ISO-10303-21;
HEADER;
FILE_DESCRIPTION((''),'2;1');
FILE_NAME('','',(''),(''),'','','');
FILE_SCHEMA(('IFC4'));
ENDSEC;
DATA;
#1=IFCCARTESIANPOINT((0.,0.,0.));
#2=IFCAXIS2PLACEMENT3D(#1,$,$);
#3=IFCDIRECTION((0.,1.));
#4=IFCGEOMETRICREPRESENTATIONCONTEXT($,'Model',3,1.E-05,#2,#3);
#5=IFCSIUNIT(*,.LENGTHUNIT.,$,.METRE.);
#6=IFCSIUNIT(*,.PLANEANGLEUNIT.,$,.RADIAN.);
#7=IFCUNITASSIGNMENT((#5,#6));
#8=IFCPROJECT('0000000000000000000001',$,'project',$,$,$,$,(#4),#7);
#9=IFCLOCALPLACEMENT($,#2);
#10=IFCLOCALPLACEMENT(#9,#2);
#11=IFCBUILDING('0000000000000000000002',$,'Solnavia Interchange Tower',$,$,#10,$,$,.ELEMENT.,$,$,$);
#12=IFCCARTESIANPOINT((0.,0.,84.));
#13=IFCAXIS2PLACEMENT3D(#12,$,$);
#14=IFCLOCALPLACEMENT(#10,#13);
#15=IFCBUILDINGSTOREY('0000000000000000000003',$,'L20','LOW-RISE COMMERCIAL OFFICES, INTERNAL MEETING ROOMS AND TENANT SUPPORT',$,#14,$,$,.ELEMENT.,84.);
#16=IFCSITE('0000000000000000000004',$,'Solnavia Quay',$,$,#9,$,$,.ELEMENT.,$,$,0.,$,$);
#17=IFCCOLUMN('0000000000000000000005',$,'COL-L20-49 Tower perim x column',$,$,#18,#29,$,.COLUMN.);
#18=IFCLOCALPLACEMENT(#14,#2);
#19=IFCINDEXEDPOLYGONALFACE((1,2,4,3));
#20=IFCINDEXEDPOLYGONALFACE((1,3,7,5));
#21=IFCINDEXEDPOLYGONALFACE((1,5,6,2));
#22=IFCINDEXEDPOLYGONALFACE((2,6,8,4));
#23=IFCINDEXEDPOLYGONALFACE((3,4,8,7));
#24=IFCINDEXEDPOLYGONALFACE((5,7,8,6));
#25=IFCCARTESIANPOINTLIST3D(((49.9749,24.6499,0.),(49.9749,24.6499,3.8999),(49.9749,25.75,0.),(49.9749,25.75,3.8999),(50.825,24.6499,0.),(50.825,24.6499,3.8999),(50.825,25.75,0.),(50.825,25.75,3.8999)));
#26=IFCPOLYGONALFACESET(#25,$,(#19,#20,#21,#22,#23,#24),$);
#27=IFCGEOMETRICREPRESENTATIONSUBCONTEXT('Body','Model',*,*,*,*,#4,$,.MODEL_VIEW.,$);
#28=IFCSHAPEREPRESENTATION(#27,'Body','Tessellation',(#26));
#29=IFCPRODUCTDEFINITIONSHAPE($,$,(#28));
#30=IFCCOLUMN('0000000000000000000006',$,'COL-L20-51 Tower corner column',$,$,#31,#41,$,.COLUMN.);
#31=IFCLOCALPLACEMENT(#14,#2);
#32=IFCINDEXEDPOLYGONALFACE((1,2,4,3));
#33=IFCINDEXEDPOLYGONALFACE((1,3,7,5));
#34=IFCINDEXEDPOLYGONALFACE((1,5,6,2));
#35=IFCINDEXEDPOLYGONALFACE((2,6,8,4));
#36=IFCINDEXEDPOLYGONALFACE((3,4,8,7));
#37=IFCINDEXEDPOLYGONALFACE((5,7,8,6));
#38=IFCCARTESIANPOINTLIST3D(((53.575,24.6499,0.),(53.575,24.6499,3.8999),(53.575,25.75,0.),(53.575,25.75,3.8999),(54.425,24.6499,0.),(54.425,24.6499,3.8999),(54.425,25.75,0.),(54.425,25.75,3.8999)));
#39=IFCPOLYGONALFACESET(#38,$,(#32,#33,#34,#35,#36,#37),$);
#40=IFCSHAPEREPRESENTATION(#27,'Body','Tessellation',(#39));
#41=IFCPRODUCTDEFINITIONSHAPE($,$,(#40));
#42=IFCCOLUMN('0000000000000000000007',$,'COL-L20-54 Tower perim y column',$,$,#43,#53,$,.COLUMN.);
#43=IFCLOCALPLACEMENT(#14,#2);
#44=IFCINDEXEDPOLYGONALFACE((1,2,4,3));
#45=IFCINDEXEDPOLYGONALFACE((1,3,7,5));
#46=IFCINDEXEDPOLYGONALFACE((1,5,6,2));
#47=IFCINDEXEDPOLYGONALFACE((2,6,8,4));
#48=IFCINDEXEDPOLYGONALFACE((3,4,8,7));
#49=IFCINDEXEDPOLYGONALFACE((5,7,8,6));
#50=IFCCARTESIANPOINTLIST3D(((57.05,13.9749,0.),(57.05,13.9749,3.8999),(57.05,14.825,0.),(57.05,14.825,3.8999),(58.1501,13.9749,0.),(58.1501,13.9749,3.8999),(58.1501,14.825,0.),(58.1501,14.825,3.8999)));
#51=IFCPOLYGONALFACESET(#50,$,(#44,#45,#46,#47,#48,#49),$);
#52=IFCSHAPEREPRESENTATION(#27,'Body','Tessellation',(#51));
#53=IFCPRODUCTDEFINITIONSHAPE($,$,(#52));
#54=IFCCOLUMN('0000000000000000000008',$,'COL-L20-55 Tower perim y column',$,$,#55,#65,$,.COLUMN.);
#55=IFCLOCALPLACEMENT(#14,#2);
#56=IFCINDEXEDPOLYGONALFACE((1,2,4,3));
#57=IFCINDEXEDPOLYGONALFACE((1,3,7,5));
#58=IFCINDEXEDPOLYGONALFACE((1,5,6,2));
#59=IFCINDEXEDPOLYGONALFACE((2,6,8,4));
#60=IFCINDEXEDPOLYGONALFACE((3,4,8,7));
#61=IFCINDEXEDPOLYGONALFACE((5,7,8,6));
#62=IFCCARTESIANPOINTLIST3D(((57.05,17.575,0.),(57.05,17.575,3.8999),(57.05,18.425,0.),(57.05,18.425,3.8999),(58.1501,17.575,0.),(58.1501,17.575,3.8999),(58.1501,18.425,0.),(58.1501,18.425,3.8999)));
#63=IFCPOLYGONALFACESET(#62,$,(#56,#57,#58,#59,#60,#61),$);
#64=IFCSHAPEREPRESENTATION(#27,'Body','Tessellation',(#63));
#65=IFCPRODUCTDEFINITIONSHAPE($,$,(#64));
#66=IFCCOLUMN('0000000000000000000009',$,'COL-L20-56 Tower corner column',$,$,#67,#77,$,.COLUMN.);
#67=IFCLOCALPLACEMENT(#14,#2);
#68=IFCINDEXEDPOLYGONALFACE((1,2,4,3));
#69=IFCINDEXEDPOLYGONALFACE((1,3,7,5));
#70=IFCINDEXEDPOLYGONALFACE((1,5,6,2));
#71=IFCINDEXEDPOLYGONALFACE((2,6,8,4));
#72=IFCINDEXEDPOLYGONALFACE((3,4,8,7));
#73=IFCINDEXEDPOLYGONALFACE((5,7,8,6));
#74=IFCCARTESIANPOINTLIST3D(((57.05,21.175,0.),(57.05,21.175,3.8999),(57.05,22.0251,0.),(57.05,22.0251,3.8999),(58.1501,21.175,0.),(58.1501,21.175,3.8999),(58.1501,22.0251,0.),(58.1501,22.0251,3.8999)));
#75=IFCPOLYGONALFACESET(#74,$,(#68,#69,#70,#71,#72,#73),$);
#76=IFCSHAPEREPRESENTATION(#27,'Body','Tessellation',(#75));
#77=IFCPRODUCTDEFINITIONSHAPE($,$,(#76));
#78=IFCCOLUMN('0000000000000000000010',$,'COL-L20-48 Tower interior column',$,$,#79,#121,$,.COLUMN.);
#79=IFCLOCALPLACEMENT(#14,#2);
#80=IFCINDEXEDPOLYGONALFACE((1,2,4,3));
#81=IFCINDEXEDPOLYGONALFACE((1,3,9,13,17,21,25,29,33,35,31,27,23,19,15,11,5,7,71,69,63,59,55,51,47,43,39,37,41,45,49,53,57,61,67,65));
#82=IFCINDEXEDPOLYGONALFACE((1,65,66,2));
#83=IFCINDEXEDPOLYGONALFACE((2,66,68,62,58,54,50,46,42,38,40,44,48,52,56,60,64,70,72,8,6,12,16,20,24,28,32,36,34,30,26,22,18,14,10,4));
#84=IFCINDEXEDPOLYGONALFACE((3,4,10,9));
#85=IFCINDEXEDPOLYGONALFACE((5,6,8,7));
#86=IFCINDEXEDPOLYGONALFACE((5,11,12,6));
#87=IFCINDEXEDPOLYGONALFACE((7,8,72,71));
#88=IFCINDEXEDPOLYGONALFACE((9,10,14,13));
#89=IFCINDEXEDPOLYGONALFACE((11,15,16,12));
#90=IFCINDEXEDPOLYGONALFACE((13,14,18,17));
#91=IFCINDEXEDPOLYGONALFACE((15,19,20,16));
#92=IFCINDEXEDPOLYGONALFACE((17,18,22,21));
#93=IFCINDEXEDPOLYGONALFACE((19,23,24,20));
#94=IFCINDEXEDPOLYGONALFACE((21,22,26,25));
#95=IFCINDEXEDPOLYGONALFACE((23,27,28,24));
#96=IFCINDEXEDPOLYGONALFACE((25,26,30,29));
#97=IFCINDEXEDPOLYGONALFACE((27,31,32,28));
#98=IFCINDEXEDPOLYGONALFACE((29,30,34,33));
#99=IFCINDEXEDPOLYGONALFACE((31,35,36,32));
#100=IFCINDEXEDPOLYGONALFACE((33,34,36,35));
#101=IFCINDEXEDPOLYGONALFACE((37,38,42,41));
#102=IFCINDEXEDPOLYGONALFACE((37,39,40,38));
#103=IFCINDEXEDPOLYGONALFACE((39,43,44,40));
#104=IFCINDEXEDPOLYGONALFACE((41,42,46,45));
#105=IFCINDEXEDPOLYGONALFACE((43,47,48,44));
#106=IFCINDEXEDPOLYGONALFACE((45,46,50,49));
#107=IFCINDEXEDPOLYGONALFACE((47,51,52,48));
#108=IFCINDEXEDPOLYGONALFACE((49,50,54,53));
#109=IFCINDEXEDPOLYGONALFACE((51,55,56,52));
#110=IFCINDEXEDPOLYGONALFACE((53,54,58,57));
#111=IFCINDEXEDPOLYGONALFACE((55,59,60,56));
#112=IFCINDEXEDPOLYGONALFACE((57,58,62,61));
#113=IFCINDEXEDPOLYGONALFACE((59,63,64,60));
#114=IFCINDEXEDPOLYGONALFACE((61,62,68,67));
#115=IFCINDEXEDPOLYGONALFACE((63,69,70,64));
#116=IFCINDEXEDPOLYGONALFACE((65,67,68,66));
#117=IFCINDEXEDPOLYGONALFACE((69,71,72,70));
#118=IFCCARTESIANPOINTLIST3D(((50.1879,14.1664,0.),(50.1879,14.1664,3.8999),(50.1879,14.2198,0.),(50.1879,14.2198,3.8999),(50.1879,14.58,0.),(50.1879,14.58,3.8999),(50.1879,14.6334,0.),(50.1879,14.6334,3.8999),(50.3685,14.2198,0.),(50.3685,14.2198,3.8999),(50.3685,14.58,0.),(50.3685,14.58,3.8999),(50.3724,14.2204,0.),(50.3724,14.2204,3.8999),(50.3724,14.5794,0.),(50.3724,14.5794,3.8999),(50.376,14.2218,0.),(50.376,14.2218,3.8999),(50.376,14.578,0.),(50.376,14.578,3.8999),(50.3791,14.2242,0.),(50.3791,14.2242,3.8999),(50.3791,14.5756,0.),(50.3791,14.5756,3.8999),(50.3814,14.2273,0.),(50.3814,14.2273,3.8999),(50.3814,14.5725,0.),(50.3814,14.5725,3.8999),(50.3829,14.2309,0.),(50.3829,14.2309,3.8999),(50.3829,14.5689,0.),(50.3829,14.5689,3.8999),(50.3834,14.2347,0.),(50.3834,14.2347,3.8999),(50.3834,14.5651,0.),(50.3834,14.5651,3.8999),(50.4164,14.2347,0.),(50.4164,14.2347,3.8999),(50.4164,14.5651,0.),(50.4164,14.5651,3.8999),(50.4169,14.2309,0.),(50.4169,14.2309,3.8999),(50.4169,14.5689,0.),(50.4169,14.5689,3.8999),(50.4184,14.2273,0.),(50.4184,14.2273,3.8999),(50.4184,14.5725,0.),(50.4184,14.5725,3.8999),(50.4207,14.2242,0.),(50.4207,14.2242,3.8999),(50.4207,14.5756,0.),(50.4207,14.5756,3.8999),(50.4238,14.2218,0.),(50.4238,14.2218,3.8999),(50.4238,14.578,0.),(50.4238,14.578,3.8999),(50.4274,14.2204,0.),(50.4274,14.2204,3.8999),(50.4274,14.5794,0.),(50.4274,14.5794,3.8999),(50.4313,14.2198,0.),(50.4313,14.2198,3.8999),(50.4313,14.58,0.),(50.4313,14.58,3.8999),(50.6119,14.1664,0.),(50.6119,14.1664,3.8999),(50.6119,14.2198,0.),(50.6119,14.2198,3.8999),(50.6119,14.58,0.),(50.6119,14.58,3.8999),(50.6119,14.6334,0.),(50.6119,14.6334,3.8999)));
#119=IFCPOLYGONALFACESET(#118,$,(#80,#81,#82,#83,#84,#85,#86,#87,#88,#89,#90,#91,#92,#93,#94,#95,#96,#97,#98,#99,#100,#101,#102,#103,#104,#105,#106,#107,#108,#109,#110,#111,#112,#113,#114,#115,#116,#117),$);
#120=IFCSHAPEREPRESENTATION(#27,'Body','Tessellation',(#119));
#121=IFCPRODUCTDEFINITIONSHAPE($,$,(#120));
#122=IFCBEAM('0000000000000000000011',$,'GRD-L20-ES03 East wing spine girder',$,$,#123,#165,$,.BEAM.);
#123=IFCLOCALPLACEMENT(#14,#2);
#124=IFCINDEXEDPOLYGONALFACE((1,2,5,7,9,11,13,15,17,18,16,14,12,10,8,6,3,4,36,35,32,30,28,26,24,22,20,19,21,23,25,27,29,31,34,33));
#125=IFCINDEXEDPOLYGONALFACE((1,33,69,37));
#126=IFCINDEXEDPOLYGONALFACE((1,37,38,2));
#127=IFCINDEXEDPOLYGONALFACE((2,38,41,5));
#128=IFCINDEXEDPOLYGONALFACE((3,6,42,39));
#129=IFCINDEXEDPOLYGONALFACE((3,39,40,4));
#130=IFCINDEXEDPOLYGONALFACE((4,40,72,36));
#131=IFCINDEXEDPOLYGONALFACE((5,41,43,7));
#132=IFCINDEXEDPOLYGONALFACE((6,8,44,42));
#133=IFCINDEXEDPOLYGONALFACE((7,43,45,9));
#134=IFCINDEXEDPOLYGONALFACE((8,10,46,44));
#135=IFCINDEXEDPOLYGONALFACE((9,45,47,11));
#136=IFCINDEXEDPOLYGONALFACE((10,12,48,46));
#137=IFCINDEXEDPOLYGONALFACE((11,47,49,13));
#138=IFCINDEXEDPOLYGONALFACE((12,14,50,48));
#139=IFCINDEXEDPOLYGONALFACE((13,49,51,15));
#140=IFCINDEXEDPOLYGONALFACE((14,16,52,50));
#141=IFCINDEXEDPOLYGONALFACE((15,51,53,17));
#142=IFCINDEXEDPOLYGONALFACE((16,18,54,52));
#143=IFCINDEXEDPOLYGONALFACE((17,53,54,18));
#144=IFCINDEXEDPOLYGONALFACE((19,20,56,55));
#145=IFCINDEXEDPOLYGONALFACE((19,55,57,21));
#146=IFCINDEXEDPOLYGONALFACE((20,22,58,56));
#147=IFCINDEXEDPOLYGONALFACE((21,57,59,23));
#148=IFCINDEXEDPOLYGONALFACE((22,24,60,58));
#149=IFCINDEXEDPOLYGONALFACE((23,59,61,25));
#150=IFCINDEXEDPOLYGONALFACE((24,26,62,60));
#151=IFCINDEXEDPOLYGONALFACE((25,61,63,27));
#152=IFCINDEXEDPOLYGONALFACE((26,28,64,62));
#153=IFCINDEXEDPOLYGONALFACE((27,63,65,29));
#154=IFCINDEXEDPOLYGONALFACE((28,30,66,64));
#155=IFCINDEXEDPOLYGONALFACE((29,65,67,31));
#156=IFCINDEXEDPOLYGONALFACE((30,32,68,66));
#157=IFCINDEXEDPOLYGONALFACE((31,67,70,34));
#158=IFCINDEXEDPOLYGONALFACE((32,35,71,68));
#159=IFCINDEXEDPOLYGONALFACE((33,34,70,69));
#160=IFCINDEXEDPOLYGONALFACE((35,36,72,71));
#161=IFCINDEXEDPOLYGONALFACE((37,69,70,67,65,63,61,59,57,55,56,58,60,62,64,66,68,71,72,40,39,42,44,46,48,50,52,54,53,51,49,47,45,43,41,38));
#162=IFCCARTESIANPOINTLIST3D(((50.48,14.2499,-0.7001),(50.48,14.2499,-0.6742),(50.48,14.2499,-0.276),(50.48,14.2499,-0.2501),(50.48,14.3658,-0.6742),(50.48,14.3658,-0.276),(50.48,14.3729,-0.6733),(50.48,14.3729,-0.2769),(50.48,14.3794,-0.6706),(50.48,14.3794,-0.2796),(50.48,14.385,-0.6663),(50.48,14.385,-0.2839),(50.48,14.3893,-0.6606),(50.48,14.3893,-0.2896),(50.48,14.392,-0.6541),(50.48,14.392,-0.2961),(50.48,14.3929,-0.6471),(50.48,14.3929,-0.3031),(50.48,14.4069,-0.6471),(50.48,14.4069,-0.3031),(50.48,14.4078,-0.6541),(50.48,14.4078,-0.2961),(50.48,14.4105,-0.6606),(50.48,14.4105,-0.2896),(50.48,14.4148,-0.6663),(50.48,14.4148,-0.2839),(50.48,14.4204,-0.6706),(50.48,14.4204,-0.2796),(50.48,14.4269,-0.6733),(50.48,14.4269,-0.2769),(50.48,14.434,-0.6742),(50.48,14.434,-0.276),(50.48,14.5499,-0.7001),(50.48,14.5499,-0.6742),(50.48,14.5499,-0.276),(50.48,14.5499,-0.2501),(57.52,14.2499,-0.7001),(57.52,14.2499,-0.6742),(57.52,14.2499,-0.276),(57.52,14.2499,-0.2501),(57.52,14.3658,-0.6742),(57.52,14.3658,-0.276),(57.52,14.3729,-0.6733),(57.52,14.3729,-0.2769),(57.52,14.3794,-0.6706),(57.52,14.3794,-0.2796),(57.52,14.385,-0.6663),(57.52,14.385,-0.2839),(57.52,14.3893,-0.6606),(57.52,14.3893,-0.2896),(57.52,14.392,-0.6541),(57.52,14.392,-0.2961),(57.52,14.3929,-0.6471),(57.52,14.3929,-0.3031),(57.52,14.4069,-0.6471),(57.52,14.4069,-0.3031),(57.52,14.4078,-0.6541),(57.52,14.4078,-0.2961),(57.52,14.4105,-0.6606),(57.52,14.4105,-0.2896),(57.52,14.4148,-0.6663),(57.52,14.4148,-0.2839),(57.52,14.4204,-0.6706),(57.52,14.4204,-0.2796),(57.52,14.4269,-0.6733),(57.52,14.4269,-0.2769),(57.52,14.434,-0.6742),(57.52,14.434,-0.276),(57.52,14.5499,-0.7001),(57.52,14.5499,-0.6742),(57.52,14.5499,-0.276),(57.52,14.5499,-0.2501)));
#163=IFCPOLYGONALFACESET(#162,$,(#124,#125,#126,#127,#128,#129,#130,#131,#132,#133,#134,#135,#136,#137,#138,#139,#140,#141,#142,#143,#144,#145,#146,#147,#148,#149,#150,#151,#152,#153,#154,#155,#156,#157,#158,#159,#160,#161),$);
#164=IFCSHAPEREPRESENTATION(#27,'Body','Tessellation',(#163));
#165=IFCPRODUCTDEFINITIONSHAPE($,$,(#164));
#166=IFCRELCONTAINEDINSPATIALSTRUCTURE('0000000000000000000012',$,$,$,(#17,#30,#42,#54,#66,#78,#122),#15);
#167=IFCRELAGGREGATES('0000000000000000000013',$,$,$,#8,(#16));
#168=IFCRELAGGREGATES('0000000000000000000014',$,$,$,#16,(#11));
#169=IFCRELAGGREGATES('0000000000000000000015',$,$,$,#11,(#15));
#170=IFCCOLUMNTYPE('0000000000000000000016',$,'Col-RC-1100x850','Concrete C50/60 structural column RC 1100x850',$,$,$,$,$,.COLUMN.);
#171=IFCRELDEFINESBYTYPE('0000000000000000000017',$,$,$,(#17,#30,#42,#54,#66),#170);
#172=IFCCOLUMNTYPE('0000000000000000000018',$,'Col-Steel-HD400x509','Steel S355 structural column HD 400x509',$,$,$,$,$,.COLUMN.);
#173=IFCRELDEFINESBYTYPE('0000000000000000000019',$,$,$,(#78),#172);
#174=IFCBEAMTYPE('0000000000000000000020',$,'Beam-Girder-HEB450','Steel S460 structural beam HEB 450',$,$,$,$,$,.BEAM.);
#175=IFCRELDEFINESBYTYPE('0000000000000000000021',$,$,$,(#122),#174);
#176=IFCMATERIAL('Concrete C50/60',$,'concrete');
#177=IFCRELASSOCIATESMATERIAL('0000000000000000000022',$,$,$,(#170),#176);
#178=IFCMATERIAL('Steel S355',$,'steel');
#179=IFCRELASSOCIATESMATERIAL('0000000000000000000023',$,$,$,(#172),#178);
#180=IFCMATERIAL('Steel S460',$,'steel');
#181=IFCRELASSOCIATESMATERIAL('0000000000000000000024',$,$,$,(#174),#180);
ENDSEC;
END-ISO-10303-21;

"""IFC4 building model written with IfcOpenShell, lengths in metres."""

from ifc_helpers import new_model, si_unit, direction, frame, origin, origin_2d, place, context, subcontext, project, spatial, rectangle, i_section, extrude, material, material_profile, profile_set, type_object, element, save


model = new_model("IFC4")

# Units and contexts
model_context = context("Model", 3, precision=1e-05, world=origin(), true_north=direction((0.0, 1.0)))
body_context = subcontext(model_context, "Body", "Model", "MODEL_VIEW")
ifc_project = project(units=[si_unit("LENGTHUNIT", "METRE"), si_unit("PLANEANGLEUNIT", "RADIAN")], contexts=[model_context])

# Site, building, storey
site_placement = place(None, origin())
site = spatial("IfcSite", under=ifc_project, at=site_placement, Name="Solnavia Quay", CompositionType="ELEMENT", RefElevation=0.0)
building_placement = place(site_placement, origin())
building = spatial("IfcBuilding", under=site, at=building_placement, Name="Solnavia Interchange Tower", CompositionType="ELEMENT")
storey_placement = place(building_placement, frame((0.0, 0.0, 84.0)))
storey = spatial("IfcBuildingStorey", under=building, at=storey_placement, Name="L20", Description="LOW-RISE COMMERCIAL OFFICES, INTERNAL MEETING ROOMS AND TENANT SUPPORT", CompositionType="ELEMENT", Elevation=84.0)

# Columns
ifc_material_1 = material(Name="Concrete C50/60", Category="concrete")
ifc_material_profile_1 = material_profile(ifc_material_1, rectangle(XDim=0.8501, YDim=1.1001, at=origin_2d()), Name="RC 1100x850")
ifc_profile_set_1 = profile_set([ifc_material_profile_1], Name="Concrete C50/60")
column_type_1 = type_object("IfcColumnType", Name="Col-RC-1100x850", Description="Concrete C50/60 structural column RC 1100x850", PredefinedType="COLUMN", material=ifc_profile_set_1)
for number, where, z_axis, x_axis, name in (
    (1, (50.3999, 25.2, 0.0), (0.0, 0.0, 1.0), (1.0, 0.0, 0.0), "COL-L20-49 Tower perim x column"),
    (2, (54.0, 25.2, 0.0), (0.0, 0.0, 1.0), (1.0, 0.0, 0.0), "COL-L20-51 Tower corner column"),
    (3, (57.6001, 14.3999, 0.0), (0.0, 0.0, 1.0), (0.0, 1.0, 0.0), "COL-L20-54 Tower perim y column"),
    (4, (57.6001, 18.0, 0.0), (0.0, 0.0, 1.0), (0.0, 1.0, 0.0), "COL-L20-55 Tower perim y column"),
    (5, (57.6001, 21.6001, 0.0), (0.0, 0.0, 1.0), (0.0, 1.0, 0.0), "COL-L20-56 Tower corner column"),
):
    element("IfcColumn", number, at=place(storey_placement, frame(where, z_axis=z_axis, x_axis=x_axis)), inside=storey, type_object=column_type_1, Name=name, PredefinedType="COLUMN", context=body_context, shape_type="SweptSolid", body=[
        extrude(rectangle(XDim=0.8501, YDim=1.1001, at=origin_2d()), origin(), (0.0, 0.0, 1.0), 3.8999),
    ])
ifc_material_2 = material(Name="Steel S355", Category="steel")
ifc_material_profile_2 = material_profile(ifc_material_2, i_section(OverallWidth=0.4241, OverallDepth=0.467, WebThickness=0.033, FlangeThickness=0.0535, FilletRadius=0.0149, at=origin_2d()), Name="HD 400x509")
ifc_profile_set_2 = profile_set([ifc_material_profile_2], Name="Steel S355")
column_type_2 = type_object("IfcColumnType", Name="Col-Steel-HD400x509", Description="Steel S355 structural column HD 400x509", PredefinedType="COLUMN", material=ifc_profile_set_2)
column_placement = place(storey_placement, frame((50.3999, 14.3999, 0.0), z_axis=(0.0, 0.0, 1.0), x_axis=(1.0, 0.0, 0.0)))
element("IfcColumn", 6, at=column_placement, inside=storey, type_object=column_type_2, Name="COL-L20-48 Tower interior column", PredefinedType="COLUMN", context=body_context, shape_type="SweptSolid", body=[
    extrude(i_section(OverallWidth=0.4241, OverallDepth=0.467, WebThickness=0.033, FlangeThickness=0.0535, FilletRadius=0.0149, at=origin_2d()), origin(), (0.0, 0.0, 1.0), 3.8999),
])

# Beam
ifc_material_3 = material(Name="Steel S460", Category="steel")
ifc_material_profile_3 = material_profile(ifc_material_3, i_section(OverallWidth=0.3, OverallDepth=0.45, WebThickness=0.0139, FlangeThickness=0.0259, FilletRadius=0.0271, at=origin_2d()), Name="HEB 450")
ifc_profile_set_3 = profile_set([ifc_material_profile_3], Name="Steel S460")
beam_type_1 = type_object("IfcBeamType", Name="Beam-Girder-HEB450", Description="Steel S460 structural beam HEB 450", PredefinedType="BEAM", material=ifc_profile_set_3)
beam_1_placement = place(storey_placement, frame((50.48, 14.3999, -0.4751), z_axis=(1.0, 0.0, 0.0), x_axis=(0.0, 1.0, 0.0)))
element("IfcBeam", 7, at=beam_1_placement, inside=storey, type_object=beam_type_1, Name="GRD-L20-ES03 East wing spine girder", PredefinedType="BEAM", context=body_context, shape_type="SweptSolid", body=[
    extrude(i_section(OverallWidth=0.3, OverallDepth=0.45, WebThickness=0.0139, FlangeThickness=0.0259, FilletRadius=0.0271, at=origin_2d()), origin(), (0.0, 0.0, 1.0), 7.04),
])

save(model, "model.ifc")
